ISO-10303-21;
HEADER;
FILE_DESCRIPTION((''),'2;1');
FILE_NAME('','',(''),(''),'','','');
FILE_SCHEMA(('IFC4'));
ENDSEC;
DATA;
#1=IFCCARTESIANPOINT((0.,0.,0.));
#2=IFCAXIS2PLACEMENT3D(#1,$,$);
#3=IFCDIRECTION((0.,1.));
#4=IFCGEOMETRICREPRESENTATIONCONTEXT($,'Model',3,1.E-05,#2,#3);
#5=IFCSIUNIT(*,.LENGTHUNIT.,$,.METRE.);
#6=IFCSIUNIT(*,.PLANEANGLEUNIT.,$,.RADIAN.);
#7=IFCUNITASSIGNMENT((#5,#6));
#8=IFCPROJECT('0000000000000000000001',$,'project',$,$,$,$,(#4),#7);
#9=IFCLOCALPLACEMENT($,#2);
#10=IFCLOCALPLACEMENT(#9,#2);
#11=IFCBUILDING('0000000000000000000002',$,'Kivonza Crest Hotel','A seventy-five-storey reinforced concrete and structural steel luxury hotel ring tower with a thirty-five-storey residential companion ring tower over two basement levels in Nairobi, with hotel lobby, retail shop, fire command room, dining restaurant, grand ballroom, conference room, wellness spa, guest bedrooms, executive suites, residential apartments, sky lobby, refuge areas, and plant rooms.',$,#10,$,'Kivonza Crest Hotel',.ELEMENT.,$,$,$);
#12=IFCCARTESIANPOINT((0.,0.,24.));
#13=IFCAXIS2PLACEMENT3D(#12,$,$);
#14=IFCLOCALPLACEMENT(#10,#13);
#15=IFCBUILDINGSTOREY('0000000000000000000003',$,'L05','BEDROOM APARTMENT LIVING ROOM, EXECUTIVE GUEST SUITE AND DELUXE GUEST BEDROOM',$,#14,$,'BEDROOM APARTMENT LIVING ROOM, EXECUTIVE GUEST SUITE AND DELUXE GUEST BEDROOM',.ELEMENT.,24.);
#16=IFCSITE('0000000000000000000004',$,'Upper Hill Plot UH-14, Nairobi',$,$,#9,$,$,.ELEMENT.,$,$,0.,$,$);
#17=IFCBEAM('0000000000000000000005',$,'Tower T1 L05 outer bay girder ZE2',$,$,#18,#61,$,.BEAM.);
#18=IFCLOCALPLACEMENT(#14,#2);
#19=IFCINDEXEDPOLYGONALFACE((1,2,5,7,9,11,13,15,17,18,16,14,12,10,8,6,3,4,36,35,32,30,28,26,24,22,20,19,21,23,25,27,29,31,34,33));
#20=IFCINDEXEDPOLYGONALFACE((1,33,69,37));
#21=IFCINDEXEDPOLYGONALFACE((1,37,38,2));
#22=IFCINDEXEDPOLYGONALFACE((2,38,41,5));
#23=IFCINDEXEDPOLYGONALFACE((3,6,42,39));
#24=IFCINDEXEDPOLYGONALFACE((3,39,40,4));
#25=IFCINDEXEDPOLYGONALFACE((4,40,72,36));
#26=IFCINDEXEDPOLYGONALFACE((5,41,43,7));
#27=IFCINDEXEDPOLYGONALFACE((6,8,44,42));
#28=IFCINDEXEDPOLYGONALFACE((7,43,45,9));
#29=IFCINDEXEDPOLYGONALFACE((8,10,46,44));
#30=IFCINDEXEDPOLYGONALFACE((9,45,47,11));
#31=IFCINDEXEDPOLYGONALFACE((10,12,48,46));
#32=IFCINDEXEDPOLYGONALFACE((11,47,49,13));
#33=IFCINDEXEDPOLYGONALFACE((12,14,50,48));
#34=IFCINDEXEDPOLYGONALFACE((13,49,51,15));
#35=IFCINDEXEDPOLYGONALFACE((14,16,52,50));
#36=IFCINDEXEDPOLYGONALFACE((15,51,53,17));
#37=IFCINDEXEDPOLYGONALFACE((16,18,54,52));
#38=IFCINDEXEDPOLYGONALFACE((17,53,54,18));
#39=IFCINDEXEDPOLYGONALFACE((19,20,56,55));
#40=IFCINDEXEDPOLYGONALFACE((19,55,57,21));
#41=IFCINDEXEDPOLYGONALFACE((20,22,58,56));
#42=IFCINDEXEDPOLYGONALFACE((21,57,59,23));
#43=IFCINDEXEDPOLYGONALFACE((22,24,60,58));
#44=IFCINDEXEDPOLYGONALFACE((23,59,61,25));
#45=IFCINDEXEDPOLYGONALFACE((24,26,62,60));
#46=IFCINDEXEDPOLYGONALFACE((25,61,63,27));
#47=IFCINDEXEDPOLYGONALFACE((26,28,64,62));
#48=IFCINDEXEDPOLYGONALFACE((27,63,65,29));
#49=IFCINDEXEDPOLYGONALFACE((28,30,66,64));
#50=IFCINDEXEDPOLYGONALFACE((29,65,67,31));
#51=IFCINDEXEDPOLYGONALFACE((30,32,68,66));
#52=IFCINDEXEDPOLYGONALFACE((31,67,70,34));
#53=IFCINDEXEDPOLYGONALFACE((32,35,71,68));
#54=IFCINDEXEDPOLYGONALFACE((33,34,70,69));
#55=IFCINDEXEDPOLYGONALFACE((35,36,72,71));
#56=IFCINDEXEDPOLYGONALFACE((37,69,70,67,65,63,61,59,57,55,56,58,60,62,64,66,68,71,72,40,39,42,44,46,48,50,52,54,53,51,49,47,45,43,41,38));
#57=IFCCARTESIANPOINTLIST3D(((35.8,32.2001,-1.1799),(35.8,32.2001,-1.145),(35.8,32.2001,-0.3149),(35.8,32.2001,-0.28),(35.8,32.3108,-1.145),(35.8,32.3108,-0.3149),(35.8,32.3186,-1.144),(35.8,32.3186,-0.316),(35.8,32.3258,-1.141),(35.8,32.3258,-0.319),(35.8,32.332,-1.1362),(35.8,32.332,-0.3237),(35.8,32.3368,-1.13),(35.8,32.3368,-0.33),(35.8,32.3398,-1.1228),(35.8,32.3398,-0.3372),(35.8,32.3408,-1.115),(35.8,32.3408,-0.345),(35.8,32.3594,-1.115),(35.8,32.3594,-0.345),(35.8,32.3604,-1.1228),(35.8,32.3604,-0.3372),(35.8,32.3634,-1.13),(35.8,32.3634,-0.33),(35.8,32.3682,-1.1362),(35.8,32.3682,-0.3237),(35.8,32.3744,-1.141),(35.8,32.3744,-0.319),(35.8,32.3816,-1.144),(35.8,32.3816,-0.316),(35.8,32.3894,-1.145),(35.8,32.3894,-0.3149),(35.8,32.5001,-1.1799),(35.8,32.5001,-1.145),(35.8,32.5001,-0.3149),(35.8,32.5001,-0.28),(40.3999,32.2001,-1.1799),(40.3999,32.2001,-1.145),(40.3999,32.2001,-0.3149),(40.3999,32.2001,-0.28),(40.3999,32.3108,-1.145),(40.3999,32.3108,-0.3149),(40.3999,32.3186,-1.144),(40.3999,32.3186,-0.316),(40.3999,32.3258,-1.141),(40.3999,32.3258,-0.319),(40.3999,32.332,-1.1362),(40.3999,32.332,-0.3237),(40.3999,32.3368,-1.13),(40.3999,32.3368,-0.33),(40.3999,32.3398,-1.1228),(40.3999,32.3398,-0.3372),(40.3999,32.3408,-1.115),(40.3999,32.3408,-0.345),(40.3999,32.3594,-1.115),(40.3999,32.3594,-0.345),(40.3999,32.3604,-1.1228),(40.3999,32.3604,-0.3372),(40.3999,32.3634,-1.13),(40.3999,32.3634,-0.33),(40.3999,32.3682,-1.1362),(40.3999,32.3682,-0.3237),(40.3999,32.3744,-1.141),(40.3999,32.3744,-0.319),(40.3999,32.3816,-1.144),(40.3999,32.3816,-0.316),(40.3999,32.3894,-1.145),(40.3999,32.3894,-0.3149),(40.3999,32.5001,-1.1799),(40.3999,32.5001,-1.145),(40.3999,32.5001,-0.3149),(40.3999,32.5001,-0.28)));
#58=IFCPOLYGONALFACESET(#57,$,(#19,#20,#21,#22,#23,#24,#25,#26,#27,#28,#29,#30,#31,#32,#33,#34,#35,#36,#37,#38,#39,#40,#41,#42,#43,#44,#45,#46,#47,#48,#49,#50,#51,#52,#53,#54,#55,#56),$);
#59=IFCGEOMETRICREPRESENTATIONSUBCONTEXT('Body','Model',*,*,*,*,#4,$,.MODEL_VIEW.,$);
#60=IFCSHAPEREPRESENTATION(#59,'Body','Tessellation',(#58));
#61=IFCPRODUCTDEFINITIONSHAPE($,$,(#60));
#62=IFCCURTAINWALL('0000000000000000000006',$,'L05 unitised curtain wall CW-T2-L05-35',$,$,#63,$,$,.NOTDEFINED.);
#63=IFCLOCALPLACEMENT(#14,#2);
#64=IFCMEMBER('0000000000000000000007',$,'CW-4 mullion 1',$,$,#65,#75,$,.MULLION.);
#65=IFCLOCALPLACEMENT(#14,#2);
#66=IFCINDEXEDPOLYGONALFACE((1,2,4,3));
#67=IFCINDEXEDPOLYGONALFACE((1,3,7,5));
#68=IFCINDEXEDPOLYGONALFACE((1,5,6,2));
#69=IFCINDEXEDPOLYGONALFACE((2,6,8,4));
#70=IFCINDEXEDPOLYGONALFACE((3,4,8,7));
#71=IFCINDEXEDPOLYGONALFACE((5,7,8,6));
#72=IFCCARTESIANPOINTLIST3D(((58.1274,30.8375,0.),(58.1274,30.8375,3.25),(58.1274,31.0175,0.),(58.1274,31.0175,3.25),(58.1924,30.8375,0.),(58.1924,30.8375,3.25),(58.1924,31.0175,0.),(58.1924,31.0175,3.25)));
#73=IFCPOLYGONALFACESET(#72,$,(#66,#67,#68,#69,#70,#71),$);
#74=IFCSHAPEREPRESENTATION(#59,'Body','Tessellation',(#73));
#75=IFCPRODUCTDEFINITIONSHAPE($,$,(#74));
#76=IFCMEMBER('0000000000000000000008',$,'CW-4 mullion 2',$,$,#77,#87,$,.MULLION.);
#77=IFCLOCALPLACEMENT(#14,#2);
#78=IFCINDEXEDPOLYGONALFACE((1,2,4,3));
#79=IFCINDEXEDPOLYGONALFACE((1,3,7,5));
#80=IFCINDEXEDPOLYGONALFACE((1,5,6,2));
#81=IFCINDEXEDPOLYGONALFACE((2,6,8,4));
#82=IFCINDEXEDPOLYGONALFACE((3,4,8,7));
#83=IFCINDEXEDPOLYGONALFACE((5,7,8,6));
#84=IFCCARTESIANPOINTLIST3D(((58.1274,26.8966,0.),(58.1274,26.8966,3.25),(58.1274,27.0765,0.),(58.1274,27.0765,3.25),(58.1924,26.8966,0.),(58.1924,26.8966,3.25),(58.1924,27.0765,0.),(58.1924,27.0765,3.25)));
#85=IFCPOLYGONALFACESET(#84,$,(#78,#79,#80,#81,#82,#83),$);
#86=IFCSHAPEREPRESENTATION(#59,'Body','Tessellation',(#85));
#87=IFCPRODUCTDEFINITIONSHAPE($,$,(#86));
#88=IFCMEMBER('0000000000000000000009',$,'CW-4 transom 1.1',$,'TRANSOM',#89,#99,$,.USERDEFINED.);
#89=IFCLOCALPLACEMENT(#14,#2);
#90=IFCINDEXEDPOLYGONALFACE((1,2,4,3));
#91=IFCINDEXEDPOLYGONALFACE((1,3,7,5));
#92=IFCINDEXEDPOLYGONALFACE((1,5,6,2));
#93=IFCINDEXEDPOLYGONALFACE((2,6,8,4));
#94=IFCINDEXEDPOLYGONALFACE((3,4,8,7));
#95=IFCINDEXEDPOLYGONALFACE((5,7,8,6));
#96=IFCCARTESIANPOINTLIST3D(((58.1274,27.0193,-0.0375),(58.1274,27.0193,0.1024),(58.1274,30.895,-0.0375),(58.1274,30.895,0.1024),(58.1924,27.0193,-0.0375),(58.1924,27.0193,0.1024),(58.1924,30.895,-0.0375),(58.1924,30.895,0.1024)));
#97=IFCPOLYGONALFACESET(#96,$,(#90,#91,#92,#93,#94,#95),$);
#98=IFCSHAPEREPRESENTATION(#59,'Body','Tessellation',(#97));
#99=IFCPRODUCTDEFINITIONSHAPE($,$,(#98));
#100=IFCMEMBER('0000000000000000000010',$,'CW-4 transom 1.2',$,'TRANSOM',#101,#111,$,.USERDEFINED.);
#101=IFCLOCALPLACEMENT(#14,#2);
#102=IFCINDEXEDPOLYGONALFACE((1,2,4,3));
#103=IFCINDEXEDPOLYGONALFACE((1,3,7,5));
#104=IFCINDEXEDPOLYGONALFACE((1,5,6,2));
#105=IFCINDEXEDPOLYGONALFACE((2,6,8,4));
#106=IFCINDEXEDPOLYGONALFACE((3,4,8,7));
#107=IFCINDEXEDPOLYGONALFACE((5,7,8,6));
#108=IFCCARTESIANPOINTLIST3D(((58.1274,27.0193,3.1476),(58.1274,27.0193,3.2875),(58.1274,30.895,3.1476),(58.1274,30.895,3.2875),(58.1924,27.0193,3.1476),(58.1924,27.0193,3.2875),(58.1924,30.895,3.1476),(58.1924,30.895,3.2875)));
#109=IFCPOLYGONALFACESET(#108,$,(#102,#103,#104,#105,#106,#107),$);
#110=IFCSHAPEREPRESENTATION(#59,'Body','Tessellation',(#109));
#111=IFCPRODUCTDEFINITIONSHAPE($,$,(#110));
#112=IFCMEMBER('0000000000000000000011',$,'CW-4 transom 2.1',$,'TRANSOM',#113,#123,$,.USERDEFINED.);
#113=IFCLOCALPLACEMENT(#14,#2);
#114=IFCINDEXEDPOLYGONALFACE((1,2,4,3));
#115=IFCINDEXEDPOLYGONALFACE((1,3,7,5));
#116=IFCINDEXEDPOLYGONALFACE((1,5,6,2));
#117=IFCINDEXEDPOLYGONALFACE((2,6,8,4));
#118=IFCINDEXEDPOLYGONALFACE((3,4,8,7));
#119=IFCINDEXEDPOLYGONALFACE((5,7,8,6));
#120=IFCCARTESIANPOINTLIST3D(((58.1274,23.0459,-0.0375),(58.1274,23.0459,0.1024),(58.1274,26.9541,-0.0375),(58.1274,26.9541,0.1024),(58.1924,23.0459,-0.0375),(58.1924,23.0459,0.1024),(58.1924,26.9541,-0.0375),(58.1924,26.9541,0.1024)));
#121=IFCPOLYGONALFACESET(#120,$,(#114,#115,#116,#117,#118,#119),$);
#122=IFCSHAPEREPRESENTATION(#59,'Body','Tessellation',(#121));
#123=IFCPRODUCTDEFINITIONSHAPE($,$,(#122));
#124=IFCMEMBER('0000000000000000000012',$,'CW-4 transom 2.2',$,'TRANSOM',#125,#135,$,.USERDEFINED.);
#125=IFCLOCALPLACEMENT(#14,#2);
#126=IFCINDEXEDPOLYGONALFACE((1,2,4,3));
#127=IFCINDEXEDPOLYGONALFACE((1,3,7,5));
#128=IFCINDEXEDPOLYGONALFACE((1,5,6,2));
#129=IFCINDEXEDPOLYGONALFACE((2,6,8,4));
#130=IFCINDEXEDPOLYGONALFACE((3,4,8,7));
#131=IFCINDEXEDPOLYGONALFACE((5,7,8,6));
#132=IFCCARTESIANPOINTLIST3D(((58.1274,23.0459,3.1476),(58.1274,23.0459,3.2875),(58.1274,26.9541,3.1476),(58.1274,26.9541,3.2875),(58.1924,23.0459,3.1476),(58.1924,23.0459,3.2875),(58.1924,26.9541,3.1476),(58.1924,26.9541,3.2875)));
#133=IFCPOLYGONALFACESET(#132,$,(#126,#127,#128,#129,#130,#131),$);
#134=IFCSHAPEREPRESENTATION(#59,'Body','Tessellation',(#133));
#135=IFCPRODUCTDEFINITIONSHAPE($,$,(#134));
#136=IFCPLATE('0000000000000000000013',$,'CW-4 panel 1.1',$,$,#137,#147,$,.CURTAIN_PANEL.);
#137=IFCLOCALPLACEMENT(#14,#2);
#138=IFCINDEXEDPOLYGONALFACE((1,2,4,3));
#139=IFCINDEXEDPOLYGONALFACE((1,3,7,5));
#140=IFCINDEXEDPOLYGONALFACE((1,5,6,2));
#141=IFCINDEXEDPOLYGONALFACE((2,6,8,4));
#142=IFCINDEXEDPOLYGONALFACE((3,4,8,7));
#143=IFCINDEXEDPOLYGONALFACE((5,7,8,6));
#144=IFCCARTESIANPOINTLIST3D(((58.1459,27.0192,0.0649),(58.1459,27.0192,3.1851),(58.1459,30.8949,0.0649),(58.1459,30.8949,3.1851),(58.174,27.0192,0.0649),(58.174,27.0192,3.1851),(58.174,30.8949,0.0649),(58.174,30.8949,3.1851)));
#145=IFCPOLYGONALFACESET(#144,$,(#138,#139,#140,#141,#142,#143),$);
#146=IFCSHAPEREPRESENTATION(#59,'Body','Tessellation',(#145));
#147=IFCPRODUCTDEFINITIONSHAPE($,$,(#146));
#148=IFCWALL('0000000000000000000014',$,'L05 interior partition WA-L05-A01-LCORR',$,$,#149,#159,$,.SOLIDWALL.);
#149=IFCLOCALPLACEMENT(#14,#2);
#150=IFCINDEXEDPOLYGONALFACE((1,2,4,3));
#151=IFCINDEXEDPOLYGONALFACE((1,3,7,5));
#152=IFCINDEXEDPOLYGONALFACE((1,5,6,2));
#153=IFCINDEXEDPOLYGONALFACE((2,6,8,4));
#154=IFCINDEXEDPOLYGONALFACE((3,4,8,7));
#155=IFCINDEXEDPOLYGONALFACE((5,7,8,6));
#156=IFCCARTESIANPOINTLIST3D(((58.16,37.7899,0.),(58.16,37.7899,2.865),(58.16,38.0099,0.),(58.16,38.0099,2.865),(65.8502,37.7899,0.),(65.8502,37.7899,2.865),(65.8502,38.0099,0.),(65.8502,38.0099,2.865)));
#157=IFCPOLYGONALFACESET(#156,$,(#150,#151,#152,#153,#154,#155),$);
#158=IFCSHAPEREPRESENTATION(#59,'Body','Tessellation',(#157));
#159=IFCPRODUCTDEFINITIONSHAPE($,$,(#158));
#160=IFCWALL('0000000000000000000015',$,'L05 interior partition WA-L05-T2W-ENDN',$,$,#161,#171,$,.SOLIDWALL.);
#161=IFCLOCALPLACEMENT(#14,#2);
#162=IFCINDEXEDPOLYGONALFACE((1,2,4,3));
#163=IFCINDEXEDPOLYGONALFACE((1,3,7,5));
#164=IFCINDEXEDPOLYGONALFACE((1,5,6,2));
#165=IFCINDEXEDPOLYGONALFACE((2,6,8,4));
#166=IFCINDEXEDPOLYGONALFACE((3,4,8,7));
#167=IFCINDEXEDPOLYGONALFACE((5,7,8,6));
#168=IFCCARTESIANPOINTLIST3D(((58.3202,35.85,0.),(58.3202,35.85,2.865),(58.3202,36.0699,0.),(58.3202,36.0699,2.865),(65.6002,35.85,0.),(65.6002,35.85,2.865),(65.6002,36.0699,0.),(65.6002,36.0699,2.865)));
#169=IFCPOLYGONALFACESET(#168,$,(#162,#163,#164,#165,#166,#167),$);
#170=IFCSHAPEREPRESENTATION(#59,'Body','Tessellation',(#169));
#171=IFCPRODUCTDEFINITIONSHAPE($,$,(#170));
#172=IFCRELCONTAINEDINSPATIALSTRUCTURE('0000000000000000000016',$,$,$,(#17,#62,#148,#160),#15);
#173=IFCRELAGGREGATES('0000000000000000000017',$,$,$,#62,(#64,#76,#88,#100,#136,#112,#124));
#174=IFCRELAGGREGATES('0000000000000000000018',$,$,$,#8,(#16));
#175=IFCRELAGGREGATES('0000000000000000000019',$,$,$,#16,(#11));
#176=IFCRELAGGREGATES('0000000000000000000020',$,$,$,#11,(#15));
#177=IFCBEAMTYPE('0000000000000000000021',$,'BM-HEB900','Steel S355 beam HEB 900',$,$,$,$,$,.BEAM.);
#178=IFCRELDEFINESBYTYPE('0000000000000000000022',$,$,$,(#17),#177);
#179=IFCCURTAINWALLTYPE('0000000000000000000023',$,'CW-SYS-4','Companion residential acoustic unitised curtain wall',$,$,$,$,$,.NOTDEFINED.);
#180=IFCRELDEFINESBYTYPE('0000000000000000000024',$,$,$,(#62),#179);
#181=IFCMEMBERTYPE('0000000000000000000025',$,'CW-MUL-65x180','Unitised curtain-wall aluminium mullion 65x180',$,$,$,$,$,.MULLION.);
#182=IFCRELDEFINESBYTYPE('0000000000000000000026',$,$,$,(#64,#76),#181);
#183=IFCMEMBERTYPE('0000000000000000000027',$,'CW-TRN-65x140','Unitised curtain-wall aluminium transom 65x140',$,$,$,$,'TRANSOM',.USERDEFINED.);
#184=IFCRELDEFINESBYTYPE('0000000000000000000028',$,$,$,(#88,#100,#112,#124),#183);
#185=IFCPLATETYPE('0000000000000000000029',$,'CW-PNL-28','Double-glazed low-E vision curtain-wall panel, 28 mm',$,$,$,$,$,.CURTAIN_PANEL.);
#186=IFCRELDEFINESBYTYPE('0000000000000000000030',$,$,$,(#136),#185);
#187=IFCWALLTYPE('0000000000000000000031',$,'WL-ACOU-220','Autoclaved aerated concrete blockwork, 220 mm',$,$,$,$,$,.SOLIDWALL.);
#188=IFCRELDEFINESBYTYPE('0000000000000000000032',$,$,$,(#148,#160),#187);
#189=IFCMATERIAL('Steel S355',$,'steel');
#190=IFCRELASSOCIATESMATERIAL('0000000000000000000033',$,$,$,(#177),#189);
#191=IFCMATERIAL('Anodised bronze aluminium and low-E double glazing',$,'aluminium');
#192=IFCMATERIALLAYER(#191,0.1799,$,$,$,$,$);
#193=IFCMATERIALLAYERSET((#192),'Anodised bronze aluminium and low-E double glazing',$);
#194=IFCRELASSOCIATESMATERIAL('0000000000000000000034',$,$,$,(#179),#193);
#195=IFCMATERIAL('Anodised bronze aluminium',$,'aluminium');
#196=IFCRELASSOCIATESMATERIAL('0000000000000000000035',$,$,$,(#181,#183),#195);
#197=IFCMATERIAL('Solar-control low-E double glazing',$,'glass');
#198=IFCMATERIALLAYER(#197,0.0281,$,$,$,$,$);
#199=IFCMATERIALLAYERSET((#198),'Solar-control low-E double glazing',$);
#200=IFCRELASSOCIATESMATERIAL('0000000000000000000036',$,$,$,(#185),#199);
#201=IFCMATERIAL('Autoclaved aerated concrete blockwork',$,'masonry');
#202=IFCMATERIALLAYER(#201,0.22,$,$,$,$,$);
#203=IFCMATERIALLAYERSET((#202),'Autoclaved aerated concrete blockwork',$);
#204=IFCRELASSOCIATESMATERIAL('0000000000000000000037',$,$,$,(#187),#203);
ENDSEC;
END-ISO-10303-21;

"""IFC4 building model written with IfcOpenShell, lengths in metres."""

from ifc_helpers import new_model, si_unit, direction, frame, frame_2d, origin, origin_2d, place, context, subcontext, project, spatial, rectangle, i_section, extrude, material, layer, layer_set, material_profile, profile_set, type_object, element, aggregate, save


model = new_model("IFC4")

# Units and contexts
model_context = context("Model", 3, precision=1e-05, world=origin(), true_north=direction((0.0, 1.0)))
body_context = subcontext(model_context, "Body", "Model", "MODEL_VIEW")
ifc_project = project(units=[si_unit("LENGTHUNIT", "METRE"), si_unit("PLANEANGLEUNIT", "RADIAN")], contexts=[model_context])

# Site, building, storey
site_placement = place(None, origin())
site = spatial("IfcSite", under=ifc_project, at=site_placement, Name="Upper Hill Plot UH-14, Nairobi", CompositionType="ELEMENT", RefElevation=0.0)
building_placement = place(site_placement, origin())
building = spatial("IfcBuilding", under=site, at=building_placement, Name="Kivonza Crest Hotel", Description="A seventy-five-storey reinforced concrete and structural steel luxury hotel ring tower with a thirty-five-storey residential companion ring tower over two basement levels in Nairobi, with hotel lobby, retail shop, fire command room, dining restaurant, grand ballroom, conference room, wellness spa, guest bedrooms, executive suites, residential apartments, sky lobby, refuge areas, and plant rooms.", LongName="Kivonza Crest Hotel", CompositionType="ELEMENT")
storey_placement = place(building_placement, frame((0.0, 0.0, 24.0)))
storey = spatial("IfcBuildingStorey", under=building, at=storey_placement, Name="L05", Description="BEDROOM APARTMENT LIVING ROOM, EXECUTIVE GUEST SUITE AND DELUXE GUEST BEDROOM", LongName="BEDROOM APARTMENT LIVING ROOM, EXECUTIVE GUEST SUITE AND DELUXE GUEST BEDROOM", CompositionType="ELEMENT", Elevation=24.0)

# Beam
ifc_material_1 = material(Name="Steel S355", Category="steel")
ifc_material_profile_1 = material_profile(ifc_material_1, i_section(OverallWidth=0.3, OverallDepth=0.8999, WebThickness=0.0186, FlangeThickness=0.0349, FilletRadius=0.03, at=origin_2d()), Name="HEB 900")
ifc_profile_set_1 = profile_set([ifc_material_profile_1], Name="Steel S355")
beam_type = type_object("IfcBeamType", Name="BM-HEB900", Description="Steel S355 beam HEB 900", PredefinedType="BEAM", material=ifc_profile_set_1)
beam_placement = place(storey_placement, frame((40.3999, 32.3501, -0.73), z_axis=(-1.0, 0.0, 0.0), x_axis=(0.0, -1.0, 0.0)))
element("IfcBeam", 1, at=beam_placement, inside=storey, type_object=beam_type, Name="Tower T1 L05 outer bay girder ZE2", PredefinedType="BEAM", context=body_context, shape_type="SweptSolid", body=[
    extrude(i_section(OverallWidth=0.3, OverallDepth=0.8999, WebThickness=0.0186, FlangeThickness=0.0349, FilletRadius=0.03, at=origin_2d()), origin(), (0.0, 0.0, 1.0), 4.5999),
])

# Curtain wall, members, plate
ifc_material_2 = material(Name="Anodised bronze aluminium and low-E double glazing", Category="aluminium")
ifc_layer_1 = layer(ifc_material_2, 0.1799)
ifc_layer_set_1 = layer_set([ifc_layer_1], Name="Anodised bronze aluminium and low-E double glazing")
curtain_wall_type = type_object("IfcCurtainWallType", Name="CW-SYS-4", Description="Companion residential acoustic unitised curtain wall", PredefinedType="NOTDEFINED", material=ifc_layer_set_1)
curtain_wall_placement = place(storey_placement, origin())
curtain_wall = element("IfcCurtainWall", 2, at=curtain_wall_placement, inside=storey, type_object=curtain_wall_type, Name="L05 unitised curtain wall CW-T2-L05-35", PredefinedType="NOTDEFINED")
ifc_material_3 = material(Name="Anodised bronze aluminium", Category="aluminium")
ifc_material_profile_2 = material_profile(ifc_material_3, rectangle(XDim=0.0649, YDim=0.1799, at=origin_2d()), Name="CW-M 65x180")
ifc_profile_set_2 = profile_set([ifc_material_profile_2], Name="Anodised bronze aluminium")
member_type_1 = type_object("IfcMemberType", Name="CW-MUL-65x180", Description="Unitised curtain-wall aluminium mullion 65x180", PredefinedType="MULLION", material=ifc_profile_set_2)
member_1_placement = place(storey_placement, frame((58.1599, 30.9275, 0.0), z_axis=(0.0, 0.0, 1.0), x_axis=(1.0, 0.0, 0.0)))
member_1 = element("IfcMember", 3, at=member_1_placement, type_object=member_type_1, Name="CW-4 mullion 1", PredefinedType="MULLION", context=body_context, shape_type="SweptSolid", body=[
    extrude(rectangle(XDim=0.0649, YDim=0.1799, at=origin_2d()), origin(), (0.0, 0.0, 1.0), 3.25),
])
member_2_placement = place(storey_placement, frame((58.1599, 26.9866, 0.0), z_axis=(0.0, 0.0, 1.0), x_axis=(1.0, 0.0, 0.0)))
member_2 = element("IfcMember", 4, at=member_2_placement, type_object=member_type_1, Name="CW-4 mullion 2", PredefinedType="MULLION", context=body_context, shape_type="SweptSolid", body=[
    extrude(rectangle(XDim=0.0649, YDim=0.1799, at=origin_2d()), origin(), (0.0, 0.0, 1.0), 3.25),
])
ifc_material_profile_3 = material_profile(ifc_material_3, rectangle(XDim=0.0649, YDim=0.1399, at=origin_2d()), Name="CW-T 65x140")
ifc_profile_set_3 = profile_set([ifc_material_profile_3], Name="Anodised bronze aluminium")
member_type_2 = type_object("IfcMemberType", Name="CW-TRN-65x140", Description="Unitised curtain-wall aluminium transom 65x140", ElementType="TRANSOM", PredefinedType="USERDEFINED", material=ifc_profile_set_3)
member_3_placement = place(storey_placement, frame((58.1599, 30.895, 0.0325), z_axis=(0.0, -1.0, 0.0), x_axis=(1.0, 0.0, 0.0)))
member_3 = element("IfcMember", 5, at=member_3_placement, type_object=member_type_2, Name="CW-4 transom 1.1", ObjectType="TRANSOM", PredefinedType="USERDEFINED", context=body_context, shape_type="SweptSolid", body=[
    extrude(rectangle(XDim=0.0649, YDim=0.1399, at=origin_2d()), origin(), (0.0, 0.0, 1.0), 3.8757),
])
member_4_placement = place(storey_placement, frame((58.1599, 30.895, 3.2175), z_axis=(0.0, -1.0, 0.0), x_axis=(1.0, 0.0, 0.0)))
member_4 = element("IfcMember", 6, at=member_4_placement, type_object=member_type_2, Name="CW-4 transom 1.2", ObjectType="TRANSOM", PredefinedType="USERDEFINED", context=body_context, shape_type="SweptSolid", body=[
    extrude(rectangle(XDim=0.0649, YDim=0.1399, at=origin_2d()), origin(), (0.0, 0.0, 1.0), 3.8757),
])
member_5_placement = place(storey_placement, frame((58.1599, 26.9541, 0.0325), z_axis=(0.0, -1.0, 0.0), x_axis=(1.0, 0.0, 0.0)))
member_5 = element("IfcMember", 7, at=member_5_placement, type_object=member_type_2, Name="CW-4 transom 2.1", ObjectType="TRANSOM", PredefinedType="USERDEFINED", context=body_context, shape_type="SweptSolid", body=[
    extrude(rectangle(XDim=0.0649, YDim=0.1399, at=origin_2d()), origin(), (0.0, 0.0, 1.0), 3.9082),
])
member_6_placement = place(storey_placement, frame((58.1599, 26.9541, 3.2175), z_axis=(0.0, -1.0, 0.0), x_axis=(1.0, 0.0, 0.0)))
member_6 = element("IfcMember", 8, at=member_6_placement, type_object=member_type_2, Name="CW-4 transom 2.2", ObjectType="TRANSOM", PredefinedType="USERDEFINED", context=body_context, shape_type="SweptSolid", body=[
    extrude(rectangle(XDim=0.0649, YDim=0.1399, at=origin_2d()), origin(), (0.0, 0.0, 1.0), 3.9082),
])
ifc_material_4 = material(Name="Solar-control low-E double glazing", Category="glass")
ifc_layer_2 = layer(ifc_material_4, 0.0281)
ifc_layer_set_2 = layer_set([ifc_layer_2], Name="Solar-control low-E double glazing")
plate_type = type_object("IfcPlateType", Name="CW-PNL-28", Description="Double-glazed low-E vision curtain-wall panel, 28 mm", PredefinedType="CURTAIN_PANEL", material=ifc_layer_set_2)
plate_placement = place(storey_placement, frame((58.1599, 28.957, 0.0649), z_axis=(0.0, 0.0, 1.0), x_axis=(0.0, -1.0, 0.0)))
plate = element("IfcPlate", 9, at=plate_placement, type_object=plate_type, Name="CW-4 panel 1.1", PredefinedType="CURTAIN_PANEL", context=body_context, shape_type="SweptSolid", body=[
    extrude(rectangle(XDim=3.8757, YDim=0.0281, at=origin_2d()), origin(), (0.0, 0.0, 1.0), 3.1201),
])
aggregate(curtain_wall, [member_1, member_2, member_3, member_4, plate, member_5, member_6])

# Walls
ifc_material_5 = material(Name="Autoclaved aerated concrete blockwork", Category="masonry")
ifc_layer_3 = layer(ifc_material_5, 0.22)
ifc_layer_set_3 = layer_set([ifc_layer_3], Name="Autoclaved aerated concrete blockwork")
wall_type_1 = type_object("IfcWallType", Name="WL-ACOU-220", Description="Autoclaved aerated concrete blockwork, 220 mm", PredefinedType="SOLIDWALL", material=ifc_layer_set_3)
wall_1_placement = place(storey_placement, frame((58.1599, 37.8999, 0.0), z_axis=(0.0, 0.0, 1.0), x_axis=(1.0, 0.0, 0.0)))
element("IfcWall", 10, at=wall_1_placement, inside=storey, type_object=wall_type_1, Name="L05 interior partition WA-L05-A01-LCORR", PredefinedType="SOLIDWALL", context=body_context, shape_type="SweptSolid", body=[
    extrude(rectangle(XDim=7.6902, YDim=0.22, at=frame_2d((3.8452, 0.0))), origin(), (0.0, 0.0, 1.0), 2.865),
])
wall_2_placement = place(storey_placement, frame((58.3201, 35.96, 0.0), z_axis=(0.0, 0.0, 1.0), x_axis=(1.0, 0.0, 0.0)))
element("IfcWall", 11, at=wall_2_placement, inside=storey, type_object=wall_type_1, Name="L05 interior partition WA-L05-T2W-ENDN", PredefinedType="SOLIDWALL", context=body_context, shape_type="SweptSolid", body=[
    extrude(rectangle(XDim=7.28, YDim=0.22, at=frame_2d((3.6401, 0.0))), origin(), (0.0, 0.0, 1.0), 2.865),
])

save(model, "model.ifc")
